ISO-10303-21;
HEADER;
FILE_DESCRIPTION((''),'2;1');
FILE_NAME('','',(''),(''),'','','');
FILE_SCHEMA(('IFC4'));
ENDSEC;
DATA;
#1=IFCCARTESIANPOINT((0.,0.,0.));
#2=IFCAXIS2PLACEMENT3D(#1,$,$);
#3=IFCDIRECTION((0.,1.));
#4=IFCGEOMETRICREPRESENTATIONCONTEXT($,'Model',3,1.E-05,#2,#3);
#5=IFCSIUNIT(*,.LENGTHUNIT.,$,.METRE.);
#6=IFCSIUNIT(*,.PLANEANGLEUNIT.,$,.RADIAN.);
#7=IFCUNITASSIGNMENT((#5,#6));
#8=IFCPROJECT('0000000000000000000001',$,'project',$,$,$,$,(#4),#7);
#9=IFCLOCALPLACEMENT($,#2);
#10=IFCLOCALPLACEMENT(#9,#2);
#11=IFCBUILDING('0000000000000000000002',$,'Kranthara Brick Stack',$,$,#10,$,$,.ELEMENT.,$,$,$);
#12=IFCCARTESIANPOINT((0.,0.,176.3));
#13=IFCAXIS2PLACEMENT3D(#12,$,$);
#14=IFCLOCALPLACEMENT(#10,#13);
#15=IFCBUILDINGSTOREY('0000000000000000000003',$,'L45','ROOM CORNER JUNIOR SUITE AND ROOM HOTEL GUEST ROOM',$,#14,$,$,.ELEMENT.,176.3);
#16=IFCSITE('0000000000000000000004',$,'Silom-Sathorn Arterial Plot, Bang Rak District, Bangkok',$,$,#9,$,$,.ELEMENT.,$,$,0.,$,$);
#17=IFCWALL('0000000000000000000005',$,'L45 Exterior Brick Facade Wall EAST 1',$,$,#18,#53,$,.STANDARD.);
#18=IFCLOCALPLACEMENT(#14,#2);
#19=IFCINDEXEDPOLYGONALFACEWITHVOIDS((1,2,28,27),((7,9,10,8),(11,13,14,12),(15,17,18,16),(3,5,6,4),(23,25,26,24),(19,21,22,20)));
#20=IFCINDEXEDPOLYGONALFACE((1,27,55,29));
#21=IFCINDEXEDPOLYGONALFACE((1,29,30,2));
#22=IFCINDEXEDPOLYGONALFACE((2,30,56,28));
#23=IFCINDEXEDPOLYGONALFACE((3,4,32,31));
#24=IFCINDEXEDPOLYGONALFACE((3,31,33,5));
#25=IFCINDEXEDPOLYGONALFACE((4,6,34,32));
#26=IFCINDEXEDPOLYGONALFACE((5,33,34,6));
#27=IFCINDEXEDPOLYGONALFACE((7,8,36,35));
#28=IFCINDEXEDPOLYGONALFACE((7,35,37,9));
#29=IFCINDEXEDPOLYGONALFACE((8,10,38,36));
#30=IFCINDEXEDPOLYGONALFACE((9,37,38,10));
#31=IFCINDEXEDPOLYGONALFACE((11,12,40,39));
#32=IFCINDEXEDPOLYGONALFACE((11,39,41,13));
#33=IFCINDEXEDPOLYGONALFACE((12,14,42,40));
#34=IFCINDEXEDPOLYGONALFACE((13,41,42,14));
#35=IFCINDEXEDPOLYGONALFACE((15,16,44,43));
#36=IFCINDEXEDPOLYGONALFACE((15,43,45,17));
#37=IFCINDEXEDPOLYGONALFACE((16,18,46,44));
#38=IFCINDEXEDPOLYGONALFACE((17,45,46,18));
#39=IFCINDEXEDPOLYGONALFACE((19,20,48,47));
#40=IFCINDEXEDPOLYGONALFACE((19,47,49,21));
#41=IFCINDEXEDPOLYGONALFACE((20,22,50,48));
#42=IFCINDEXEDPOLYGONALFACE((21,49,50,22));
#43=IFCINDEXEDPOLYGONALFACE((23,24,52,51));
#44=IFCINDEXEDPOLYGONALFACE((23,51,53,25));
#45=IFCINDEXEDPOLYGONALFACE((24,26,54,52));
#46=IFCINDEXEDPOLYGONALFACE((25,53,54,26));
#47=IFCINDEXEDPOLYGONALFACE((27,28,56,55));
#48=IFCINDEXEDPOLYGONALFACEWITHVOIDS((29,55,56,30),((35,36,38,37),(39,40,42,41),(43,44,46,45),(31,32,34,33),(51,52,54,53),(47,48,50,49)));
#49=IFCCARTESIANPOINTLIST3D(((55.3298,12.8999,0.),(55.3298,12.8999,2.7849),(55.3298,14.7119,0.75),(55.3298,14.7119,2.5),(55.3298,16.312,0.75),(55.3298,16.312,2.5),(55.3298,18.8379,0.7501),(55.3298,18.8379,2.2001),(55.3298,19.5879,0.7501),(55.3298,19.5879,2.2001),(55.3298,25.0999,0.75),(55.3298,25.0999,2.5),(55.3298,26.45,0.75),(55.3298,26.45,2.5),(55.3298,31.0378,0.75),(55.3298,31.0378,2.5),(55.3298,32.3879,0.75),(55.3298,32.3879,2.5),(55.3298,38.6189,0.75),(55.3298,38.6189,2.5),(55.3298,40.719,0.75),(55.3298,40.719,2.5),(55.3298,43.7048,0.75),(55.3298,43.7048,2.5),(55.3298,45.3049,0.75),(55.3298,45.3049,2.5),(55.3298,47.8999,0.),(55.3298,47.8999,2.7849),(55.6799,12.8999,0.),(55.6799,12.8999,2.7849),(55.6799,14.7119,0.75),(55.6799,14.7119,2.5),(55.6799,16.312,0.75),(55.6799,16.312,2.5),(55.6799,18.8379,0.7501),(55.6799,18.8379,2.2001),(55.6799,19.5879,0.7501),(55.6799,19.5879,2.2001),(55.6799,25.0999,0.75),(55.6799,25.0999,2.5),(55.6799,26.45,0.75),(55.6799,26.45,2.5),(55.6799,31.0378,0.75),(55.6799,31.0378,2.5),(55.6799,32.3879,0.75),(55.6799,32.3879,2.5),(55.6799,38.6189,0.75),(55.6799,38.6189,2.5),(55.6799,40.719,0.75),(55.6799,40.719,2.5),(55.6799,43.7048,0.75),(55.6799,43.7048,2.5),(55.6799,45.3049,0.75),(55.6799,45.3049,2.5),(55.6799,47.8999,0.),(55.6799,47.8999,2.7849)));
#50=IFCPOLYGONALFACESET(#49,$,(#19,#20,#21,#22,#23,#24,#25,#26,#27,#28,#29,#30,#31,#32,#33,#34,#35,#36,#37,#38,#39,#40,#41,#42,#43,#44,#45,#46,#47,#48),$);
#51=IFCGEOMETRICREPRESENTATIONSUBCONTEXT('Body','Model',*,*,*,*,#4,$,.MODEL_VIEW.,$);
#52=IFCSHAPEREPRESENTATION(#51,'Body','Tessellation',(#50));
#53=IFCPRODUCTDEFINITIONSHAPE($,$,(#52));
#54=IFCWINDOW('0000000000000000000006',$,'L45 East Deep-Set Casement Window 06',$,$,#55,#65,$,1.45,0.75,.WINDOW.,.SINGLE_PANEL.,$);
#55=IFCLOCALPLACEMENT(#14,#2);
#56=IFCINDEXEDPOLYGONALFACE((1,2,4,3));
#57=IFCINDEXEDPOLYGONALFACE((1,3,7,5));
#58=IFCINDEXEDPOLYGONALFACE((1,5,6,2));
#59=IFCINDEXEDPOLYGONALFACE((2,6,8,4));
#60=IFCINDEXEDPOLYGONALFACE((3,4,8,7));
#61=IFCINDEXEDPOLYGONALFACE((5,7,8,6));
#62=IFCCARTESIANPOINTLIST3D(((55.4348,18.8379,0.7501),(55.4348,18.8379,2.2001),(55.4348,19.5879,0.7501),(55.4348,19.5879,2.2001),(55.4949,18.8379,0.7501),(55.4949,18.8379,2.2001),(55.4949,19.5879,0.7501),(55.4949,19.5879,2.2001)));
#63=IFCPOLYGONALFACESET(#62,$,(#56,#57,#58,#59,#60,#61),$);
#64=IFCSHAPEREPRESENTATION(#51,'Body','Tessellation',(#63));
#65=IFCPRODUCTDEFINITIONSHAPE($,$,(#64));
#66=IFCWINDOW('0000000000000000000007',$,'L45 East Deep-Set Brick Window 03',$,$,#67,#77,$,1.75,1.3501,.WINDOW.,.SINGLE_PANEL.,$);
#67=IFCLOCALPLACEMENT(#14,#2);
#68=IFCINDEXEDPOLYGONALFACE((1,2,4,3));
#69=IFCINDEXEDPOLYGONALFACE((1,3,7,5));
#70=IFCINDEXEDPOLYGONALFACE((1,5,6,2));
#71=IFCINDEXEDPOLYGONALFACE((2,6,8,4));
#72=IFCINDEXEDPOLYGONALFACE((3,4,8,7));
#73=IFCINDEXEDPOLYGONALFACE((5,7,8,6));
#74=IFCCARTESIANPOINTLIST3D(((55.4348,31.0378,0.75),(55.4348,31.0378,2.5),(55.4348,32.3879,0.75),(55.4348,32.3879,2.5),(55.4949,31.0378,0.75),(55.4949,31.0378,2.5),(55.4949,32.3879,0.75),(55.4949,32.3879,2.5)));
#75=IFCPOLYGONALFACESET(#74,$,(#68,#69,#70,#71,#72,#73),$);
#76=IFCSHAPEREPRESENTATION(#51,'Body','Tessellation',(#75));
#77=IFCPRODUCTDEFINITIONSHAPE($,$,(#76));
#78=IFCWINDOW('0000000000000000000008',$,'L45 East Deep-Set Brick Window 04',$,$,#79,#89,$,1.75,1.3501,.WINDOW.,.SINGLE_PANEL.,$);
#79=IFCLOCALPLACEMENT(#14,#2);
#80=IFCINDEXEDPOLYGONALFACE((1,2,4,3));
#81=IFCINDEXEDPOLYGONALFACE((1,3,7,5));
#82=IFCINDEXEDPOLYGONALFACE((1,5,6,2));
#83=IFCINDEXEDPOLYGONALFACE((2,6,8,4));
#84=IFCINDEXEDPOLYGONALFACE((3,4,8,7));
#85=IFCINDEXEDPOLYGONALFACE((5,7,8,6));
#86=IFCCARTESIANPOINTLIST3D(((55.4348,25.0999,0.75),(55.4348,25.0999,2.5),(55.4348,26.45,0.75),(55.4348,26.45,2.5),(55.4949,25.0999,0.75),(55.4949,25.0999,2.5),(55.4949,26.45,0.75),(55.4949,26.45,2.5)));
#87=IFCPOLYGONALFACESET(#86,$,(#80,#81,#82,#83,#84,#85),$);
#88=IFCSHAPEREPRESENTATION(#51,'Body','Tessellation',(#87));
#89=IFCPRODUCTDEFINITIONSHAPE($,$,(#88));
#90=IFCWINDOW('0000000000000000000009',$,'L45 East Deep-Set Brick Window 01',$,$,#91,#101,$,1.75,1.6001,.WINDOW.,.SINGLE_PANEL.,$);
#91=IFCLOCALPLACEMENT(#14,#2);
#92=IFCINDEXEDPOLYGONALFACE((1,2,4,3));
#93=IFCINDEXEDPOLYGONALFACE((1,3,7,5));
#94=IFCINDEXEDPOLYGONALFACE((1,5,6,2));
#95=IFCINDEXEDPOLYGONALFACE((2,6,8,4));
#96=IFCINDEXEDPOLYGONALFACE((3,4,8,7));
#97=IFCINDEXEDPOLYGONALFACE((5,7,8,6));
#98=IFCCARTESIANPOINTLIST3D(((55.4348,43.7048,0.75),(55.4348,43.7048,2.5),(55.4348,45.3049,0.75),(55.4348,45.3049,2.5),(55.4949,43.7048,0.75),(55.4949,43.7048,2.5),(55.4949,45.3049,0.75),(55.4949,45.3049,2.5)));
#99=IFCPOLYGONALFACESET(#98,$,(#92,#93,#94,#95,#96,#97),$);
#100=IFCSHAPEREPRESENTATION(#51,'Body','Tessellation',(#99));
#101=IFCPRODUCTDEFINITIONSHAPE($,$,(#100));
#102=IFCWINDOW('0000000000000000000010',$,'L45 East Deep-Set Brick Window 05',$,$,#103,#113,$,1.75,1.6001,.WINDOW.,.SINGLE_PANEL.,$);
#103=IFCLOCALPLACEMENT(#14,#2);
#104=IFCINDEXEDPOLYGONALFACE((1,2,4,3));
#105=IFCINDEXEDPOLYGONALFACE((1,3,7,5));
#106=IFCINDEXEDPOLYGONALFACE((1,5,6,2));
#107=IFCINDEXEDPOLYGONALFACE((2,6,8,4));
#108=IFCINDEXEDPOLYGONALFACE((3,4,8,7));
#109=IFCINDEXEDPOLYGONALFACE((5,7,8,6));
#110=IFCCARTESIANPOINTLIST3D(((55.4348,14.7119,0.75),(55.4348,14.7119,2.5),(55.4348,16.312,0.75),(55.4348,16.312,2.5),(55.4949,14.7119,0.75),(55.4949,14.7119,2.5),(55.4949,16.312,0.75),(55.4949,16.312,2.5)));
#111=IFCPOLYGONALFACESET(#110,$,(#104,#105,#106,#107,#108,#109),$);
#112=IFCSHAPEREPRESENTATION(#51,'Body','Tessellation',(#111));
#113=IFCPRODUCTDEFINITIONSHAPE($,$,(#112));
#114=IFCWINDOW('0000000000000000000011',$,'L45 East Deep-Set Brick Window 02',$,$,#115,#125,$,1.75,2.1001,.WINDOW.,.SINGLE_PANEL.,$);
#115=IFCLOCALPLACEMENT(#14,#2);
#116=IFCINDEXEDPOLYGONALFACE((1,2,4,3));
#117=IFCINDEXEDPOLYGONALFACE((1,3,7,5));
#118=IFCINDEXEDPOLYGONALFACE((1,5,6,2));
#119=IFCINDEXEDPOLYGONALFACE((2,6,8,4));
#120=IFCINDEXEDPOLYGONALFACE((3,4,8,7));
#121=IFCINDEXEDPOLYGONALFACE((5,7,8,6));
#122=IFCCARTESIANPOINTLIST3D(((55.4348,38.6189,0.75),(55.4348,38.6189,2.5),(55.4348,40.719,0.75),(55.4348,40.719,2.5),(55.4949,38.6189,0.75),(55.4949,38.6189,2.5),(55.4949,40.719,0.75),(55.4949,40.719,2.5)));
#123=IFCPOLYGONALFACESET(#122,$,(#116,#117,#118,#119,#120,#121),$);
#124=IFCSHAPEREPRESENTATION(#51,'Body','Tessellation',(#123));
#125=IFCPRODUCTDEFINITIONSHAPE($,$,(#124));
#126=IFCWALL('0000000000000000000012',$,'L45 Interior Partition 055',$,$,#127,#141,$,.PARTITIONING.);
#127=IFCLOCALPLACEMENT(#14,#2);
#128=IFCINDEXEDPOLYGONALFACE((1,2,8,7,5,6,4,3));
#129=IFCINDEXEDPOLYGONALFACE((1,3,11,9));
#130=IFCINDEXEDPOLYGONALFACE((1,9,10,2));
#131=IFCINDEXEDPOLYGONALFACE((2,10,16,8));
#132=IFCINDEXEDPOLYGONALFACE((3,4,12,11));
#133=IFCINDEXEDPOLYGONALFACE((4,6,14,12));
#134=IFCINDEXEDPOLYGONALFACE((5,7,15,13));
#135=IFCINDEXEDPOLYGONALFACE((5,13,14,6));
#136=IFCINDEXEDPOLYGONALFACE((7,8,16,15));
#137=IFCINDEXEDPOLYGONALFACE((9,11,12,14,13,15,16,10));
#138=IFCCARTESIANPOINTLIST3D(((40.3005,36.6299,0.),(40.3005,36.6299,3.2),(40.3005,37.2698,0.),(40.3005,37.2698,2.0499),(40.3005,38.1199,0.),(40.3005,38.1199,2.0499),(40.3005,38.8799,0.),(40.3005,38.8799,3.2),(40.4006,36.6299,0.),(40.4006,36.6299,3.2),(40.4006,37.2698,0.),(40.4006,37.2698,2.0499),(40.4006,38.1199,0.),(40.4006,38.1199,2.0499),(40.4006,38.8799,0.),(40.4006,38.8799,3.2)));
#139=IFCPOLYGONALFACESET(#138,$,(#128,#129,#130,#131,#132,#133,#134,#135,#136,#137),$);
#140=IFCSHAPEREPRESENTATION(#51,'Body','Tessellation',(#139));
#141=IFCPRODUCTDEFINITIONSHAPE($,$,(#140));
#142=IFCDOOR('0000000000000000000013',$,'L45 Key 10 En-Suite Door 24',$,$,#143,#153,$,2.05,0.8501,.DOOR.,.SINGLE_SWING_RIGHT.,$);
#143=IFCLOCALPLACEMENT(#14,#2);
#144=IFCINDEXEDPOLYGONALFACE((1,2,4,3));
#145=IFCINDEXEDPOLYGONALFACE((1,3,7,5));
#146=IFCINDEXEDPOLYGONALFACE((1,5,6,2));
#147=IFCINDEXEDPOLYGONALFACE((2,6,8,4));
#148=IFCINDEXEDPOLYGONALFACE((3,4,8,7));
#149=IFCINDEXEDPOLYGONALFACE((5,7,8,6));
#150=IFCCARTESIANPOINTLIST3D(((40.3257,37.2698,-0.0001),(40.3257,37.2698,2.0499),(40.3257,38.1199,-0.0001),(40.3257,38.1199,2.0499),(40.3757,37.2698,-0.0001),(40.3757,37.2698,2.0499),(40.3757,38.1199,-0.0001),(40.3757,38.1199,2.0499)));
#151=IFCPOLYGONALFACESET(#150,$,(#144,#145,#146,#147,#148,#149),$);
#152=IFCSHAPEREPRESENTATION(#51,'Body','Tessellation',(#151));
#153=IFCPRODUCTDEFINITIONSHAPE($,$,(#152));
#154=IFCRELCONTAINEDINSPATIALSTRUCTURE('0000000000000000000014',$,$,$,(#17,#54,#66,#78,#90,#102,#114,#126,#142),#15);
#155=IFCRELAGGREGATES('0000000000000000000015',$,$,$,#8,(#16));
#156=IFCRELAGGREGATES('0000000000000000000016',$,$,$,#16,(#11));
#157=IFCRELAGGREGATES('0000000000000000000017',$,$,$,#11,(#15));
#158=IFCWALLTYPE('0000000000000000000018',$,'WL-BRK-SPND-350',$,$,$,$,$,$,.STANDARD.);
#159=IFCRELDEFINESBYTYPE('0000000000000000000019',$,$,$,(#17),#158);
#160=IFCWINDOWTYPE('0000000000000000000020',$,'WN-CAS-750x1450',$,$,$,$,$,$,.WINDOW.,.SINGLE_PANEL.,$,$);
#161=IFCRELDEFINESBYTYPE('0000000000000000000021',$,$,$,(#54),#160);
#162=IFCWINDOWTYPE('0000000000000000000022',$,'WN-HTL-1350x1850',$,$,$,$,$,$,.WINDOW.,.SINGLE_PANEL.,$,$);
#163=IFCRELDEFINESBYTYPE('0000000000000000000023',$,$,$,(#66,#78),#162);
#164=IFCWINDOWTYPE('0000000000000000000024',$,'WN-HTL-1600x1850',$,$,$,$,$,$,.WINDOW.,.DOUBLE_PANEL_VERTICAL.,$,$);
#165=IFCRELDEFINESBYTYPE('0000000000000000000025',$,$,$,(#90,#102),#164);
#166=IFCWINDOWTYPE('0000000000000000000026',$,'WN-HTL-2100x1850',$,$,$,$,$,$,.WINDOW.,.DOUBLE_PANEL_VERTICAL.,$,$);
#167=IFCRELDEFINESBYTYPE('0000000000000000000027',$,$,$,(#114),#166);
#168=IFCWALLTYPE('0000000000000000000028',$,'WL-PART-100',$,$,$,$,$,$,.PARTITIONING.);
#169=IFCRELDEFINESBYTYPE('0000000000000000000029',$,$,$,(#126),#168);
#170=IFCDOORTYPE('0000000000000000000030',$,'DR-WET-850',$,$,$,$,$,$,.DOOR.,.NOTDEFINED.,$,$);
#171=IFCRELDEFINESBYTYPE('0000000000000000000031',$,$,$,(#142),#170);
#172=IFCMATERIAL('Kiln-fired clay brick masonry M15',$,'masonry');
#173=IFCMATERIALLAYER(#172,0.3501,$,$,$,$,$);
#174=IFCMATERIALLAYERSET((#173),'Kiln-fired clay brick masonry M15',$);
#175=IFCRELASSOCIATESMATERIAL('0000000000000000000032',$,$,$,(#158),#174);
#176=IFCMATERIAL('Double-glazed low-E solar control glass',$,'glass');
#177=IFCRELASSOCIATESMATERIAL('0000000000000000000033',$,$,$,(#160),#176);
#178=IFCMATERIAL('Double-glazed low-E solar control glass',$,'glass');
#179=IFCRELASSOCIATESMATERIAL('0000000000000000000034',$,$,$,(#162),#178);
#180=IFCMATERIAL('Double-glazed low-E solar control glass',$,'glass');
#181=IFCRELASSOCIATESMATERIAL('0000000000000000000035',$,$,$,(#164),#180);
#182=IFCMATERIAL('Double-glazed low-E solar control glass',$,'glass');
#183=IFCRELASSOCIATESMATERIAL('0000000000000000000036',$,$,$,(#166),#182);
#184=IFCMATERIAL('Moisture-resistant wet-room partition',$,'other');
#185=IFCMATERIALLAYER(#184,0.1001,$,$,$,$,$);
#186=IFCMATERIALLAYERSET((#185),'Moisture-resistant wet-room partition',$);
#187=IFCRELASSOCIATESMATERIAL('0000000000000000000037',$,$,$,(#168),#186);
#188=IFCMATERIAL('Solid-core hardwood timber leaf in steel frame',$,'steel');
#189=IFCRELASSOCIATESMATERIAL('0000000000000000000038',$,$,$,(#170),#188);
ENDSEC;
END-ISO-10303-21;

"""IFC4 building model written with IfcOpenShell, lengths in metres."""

from ifc_helpers import new_model, si_unit, direction, frame, frame_2d, origin, place, context, subcontext, project, spatial, rectangle, extrude, material, layer, layer_set, type_object, element, fill, save


model = new_model("IFC4")

# Units and contexts
model_context = context("Model", 3, precision=1e-05, world=origin(), true_north=direction((0.0, 1.0)))
body_context = subcontext(model_context, "Body", "Model", "MODEL_VIEW")
ifc_project = project(units=[si_unit("LENGTHUNIT", "METRE"), si_unit("PLANEANGLEUNIT", "RADIAN")], contexts=[model_context])

# Site, building, storey
site_placement = place(None, origin())
site = spatial("IfcSite", under=ifc_project, at=site_placement, Name="Silom-Sathorn Arterial Plot, Bang Rak District, Bangkok", CompositionType="ELEMENT", RefElevation=0.0)
building_placement = place(site_placement, origin())
building = spatial("IfcBuilding", under=site, at=building_placement, Name="Kranthara Brick Stack", CompositionType="ELEMENT")
storey_placement = place(building_placement, frame((0.0, 0.0, 176.3)))
storey = spatial("IfcBuildingStorey", under=building, at=storey_placement, Name="L45", Description="ROOM CORNER JUNIOR SUITE AND ROOM HOTEL GUEST ROOM", CompositionType="ELEMENT", Elevation=176.3)

# Shared definitions
ifc_material_1 = material(Name="Kiln-fired clay brick masonry M15", Category="masonry")
ifc_layer_1 = layer(ifc_material_1, 0.3501)
ifc_layer_set_1 = layer_set([ifc_layer_1], Name="Kiln-fired clay brick masonry M15")
wall_type_1 = type_object("IfcWallType", Name="WL-BRK-SPND-350", PredefinedType="STANDARD", material=ifc_layer_set_1)

# Wall, openings, windows
wall_1_placement = place(storey_placement, frame((55.5049, 47.8999, 0.0), z_axis=(0.0, 0.0, 1.0), x_axis=(0.0, -1.0, 0.0)))
wall_1 = element("IfcWall", 1, at=wall_1_placement, inside=storey, type_object=wall_type_1, Name="L45 Exterior Brick Facade Wall EAST 1", PredefinedType="STANDARD", context=body_context, shape_type="SweptSolid", body=[
    extrude(rectangle(XDim=35.0, YDim=0.3501, at=frame_2d((17.5, 0.0))), origin(), (0.0, 0.0, 1.0), 2.7849),
])
opening_1_placement = place(wall_1_placement, frame((2.595, 0.0, 0.75)))
opening_1 = element("IfcOpeningElement", 2, at=opening_1_placement, cuts=wall_1, PredefinedType="OPENING", context=body_context, shape_type="SweptSolid", body=[
    extrude(rectangle(XDim=1.6001, YDim=1.75, at=frame_2d((0.8, 0.875))), frame((0.0, 0.1851, 0.0), z_axis=(0.0, -1.0, 0.0), x_axis=(1.0, 0.0, 0.0)), (0.0, 0.0, 1.0), 0.3701),
])
opening_2_placement = place(wall_1_placement, frame((7.1809, 0.0, 0.75)))
opening_2 = element("IfcOpeningElement", 3, at=opening_2_placement, cuts=wall_1, PredefinedType="OPENING", context=body_context, shape_type="SweptSolid", body=[
    extrude(rectangle(XDim=2.1001, YDim=1.75, at=frame_2d((1.05, 0.875))), frame((0.0, 0.1851, 0.0), z_axis=(0.0, -1.0, 0.0), x_axis=(1.0, 0.0, 0.0)), (0.0, 0.0, 1.0), 0.3701),
])
opening_3_placement = place(wall_1_placement, frame((15.512, 0.0, 0.75)))
opening_3 = element("IfcOpeningElement", 4, at=opening_3_placement, cuts=wall_1, PredefinedType="OPENING", context=body_context, shape_type="SweptSolid", body=[
    extrude(rectangle(XDim=1.3501, YDim=1.75, at=frame_2d((0.675, 0.875))), frame((0.0, 0.1851, 0.0), z_axis=(0.0, -1.0, 0.0), x_axis=(1.0, 0.0, 0.0)), (0.0, 0.0, 1.0), 0.3701),
])
opening_4_placement = place(wall_1_placement, frame((21.45, 0.0, 0.75)))
opening_4 = element("IfcOpeningElement", 5, at=opening_4_placement, cuts=wall_1, PredefinedType="OPENING", context=body_context, shape_type="SweptSolid", body=[
    extrude(rectangle(XDim=1.3501, YDim=1.75, at=frame_2d((0.675, 0.875))), frame((0.0, 0.1851, 0.0), z_axis=(0.0, -1.0, 0.0), x_axis=(1.0, 0.0, 0.0)), (0.0, 0.0, 1.0), 0.3701),
])
opening_5_placement = place(wall_1_placement, frame((31.5879, 0.0, 0.75)))
opening_5 = element("IfcOpeningElement", 6, at=opening_5_placement, cuts=wall_1, PredefinedType="OPENING", context=body_context, shape_type="SweptSolid", body=[
    extrude(rectangle(XDim=1.6001, YDim=1.75, at=frame_2d((0.8, 0.875))), frame((0.0, 0.1851, 0.0), z_axis=(0.0, -1.0, 0.0), x_axis=(1.0, 0.0, 0.0)), (0.0, 0.0, 1.0), 0.3701),
])
opening_6_placement = place(wall_1_placement, frame((28.312, 0.0, 0.75)))
opening_6 = element("IfcOpeningElement", 7, at=opening_6_placement, cuts=wall_1, PredefinedType="OPENING", context=body_context, shape_type="SweptSolid", body=[
    extrude(rectangle(XDim=0.75, YDim=1.45, at=frame_2d((0.375, 0.7251))), frame((0.0, 0.1851, 0.0), z_axis=(0.0, -1.0, 0.0), x_axis=(1.0, 0.0, 0.0)), (0.0, 0.0, 1.0), 0.3701),
])
ifc_material_2 = material(Name="Double-glazed low-E solar control glass", Category="glass")
window_type_1 = type_object("IfcWindowType", Name="WN-CAS-750x1450", PartitioningType="SINGLE_PANEL", PredefinedType="WINDOW", material=ifc_material_2)
window_1_placement = place(opening_6_placement, origin())
window_1 = element("IfcWindow", 8, at=window_1_placement, inside=storey, type_object=window_type_1, Name="L45 East Deep-Set Casement Window 06", OverallHeight=1.45, OverallWidth=0.75, PartitioningType="SINGLE_PANEL", PredefinedType="WINDOW", context=body_context, shape_type="SweptSolid", body=[
    extrude(rectangle(XDim=0.75, YDim=1.45, at=frame_2d((0.375, 0.7251))), frame((0.0, -0.01, 0.0), z_axis=(0.0, -1.0, 0.0), x_axis=(1.0, 0.0, 0.0)), (0.0, 0.0, 1.0), 0.0601),
])
fill(opening_6, window_1)
ifc_material_3 = material(Name="Double-glazed low-E solar control glass", Category="glass")
window_type_2 = type_object("IfcWindowType", Name="WN-HTL-1350x1850", PartitioningType="SINGLE_PANEL", PredefinedType="WINDOW", material=ifc_material_3)
window_2_placement = place(opening_3_placement, origin())
window_2 = element("IfcWindow", 9, at=window_2_placement, inside=storey, type_object=window_type_2, Name="L45 East Deep-Set Brick Window 03", OverallHeight=1.75, OverallWidth=1.3501, PartitioningType="SINGLE_PANEL", PredefinedType="WINDOW", context=body_context, shape_type="SweptSolid", body=[
    extrude(rectangle(XDim=1.3501, YDim=1.75, at=frame_2d((0.675, 0.875))), frame((0.0, -0.01, 0.0), z_axis=(0.0, -1.0, 0.0), x_axis=(1.0, 0.0, 0.0)), (0.0, 0.0, 1.0), 0.0601),
])
fill(opening_3, window_2)
window_3_placement = place(opening_4_placement, origin())
window_3 = element("IfcWindow", 10, at=window_3_placement, inside=storey, type_object=window_type_2, Name="L45 East Deep-Set Brick Window 04", OverallHeight=1.75, OverallWidth=1.3501, PartitioningType="SINGLE_PANEL", PredefinedType="WINDOW", context=body_context, shape_type="SweptSolid", body=[
    extrude(rectangle(XDim=1.3501, YDim=1.75, at=frame_2d((0.675, 0.875))), frame((0.0, -0.01, 0.0), z_axis=(0.0, -1.0, 0.0), x_axis=(1.0, 0.0, 0.0)), (0.0, 0.0, 1.0), 0.0601),
])
fill(opening_4, window_3)
ifc_material_4 = material(Name="Double-glazed low-E solar control glass", Category="glass")
window_type_3 = type_object("IfcWindowType", Name="WN-HTL-1600x1850", PartitioningType="DOUBLE_PANEL_VERTICAL", PredefinedType="WINDOW", material=ifc_material_4)
window_4_placement = place(opening_1_placement, origin())
window_4 = element("IfcWindow", 11, at=window_4_placement, inside=storey, type_object=window_type_3, Name="L45 East Deep-Set Brick Window 01", OverallHeight=1.75, OverallWidth=1.6001, PartitioningType="SINGLE_PANEL", PredefinedType="WINDOW", context=body_context, shape_type="SweptSolid", body=[
    extrude(rectangle(XDim=1.6001, YDim=1.75, at=frame_2d((0.8, 0.875))), frame((0.0, -0.01, 0.0), z_axis=(0.0, -1.0, 0.0), x_axis=(1.0, 0.0, 0.0)), (0.0, 0.0, 1.0), 0.0601),
])
fill(opening_1, window_4)
window_5_placement = place(opening_5_placement, origin())
window_5 = element("IfcWindow", 12, at=window_5_placement, inside=storey, type_object=window_type_3, Name="L45 East Deep-Set Brick Window 05", OverallHeight=1.75, OverallWidth=1.6001, PartitioningType="SINGLE_PANEL", PredefinedType="WINDOW", context=body_context, shape_type="SweptSolid", body=[
    extrude(rectangle(XDim=1.6001, YDim=1.75, at=frame_2d((0.8, 0.875))), frame((0.0, -0.01, 0.0), z_axis=(0.0, -1.0, 0.0), x_axis=(1.0, 0.0, 0.0)), (0.0, 0.0, 1.0), 0.0601),
])
fill(opening_5, window_5)
ifc_material_5 = material(Name="Double-glazed low-E solar control glass", Category="glass")
window_type_4 = type_object("IfcWindowType", Name="WN-HTL-2100x1850", PartitioningType="DOUBLE_PANEL_VERTICAL", PredefinedType="WINDOW", material=ifc_material_5)
window_6_placement = place(opening_2_placement, origin())
window_6 = element("IfcWindow", 13, at=window_6_placement, inside=storey, type_object=window_type_4, Name="L45 East Deep-Set Brick Window 02", OverallHeight=1.75, OverallWidth=2.1001, PartitioningType="SINGLE_PANEL", PredefinedType="WINDOW", context=body_context, shape_type="SweptSolid", body=[
    extrude(rectangle(XDim=2.1001, YDim=1.75, at=frame_2d((1.05, 0.875))), frame((0.0, -0.01, 0.0), z_axis=(0.0, -1.0, 0.0), x_axis=(1.0, 0.0, 0.0)), (0.0, 0.0, 1.0), 0.0601),
])
fill(opening_2, window_6)

# Wall, opening, door
ifc_material_6 = material(Name="Moisture-resistant wet-room partition", Category="other")
ifc_layer_2 = layer(ifc_material_6, 0.1001)
ifc_layer_set_2 = layer_set([ifc_layer_2], Name="Moisture-resistant wet-room partition")
wall_type_2 = type_object("IfcWallType", Name="WL-PART-100", PredefinedType="PARTITIONING", material=ifc_layer_set_2)
wall_2_placement = place(storey_placement, frame((40.3506, 36.6299, 0.0), z_axis=(0.0, 0.0, 1.0), x_axis=(0.0, 1.0, 0.0)))
wall_2 = element("IfcWall", 14, at=wall_2_placement, inside=storey, type_object=wall_type_2, Name="L45 Interior Partition 055", PredefinedType="PARTITIONING", context=body_context, shape_type="SweptSolid", body=[
    extrude(rectangle(XDim=2.25, YDim=0.1001, at=frame_2d((1.125, 0.0))), origin(), (0.0, 0.0, 1.0), 3.2),
])
opening_7_placement = place(wall_2_placement, frame((0.6399, 0.0, 0.0)))
opening_7 = element("IfcOpeningElement", 15, at=opening_7_placement, cuts=wall_2, PredefinedType="OPENING", context=body_context, shape_type="SweptSolid", body=[
    extrude(rectangle(XDim=0.8501, YDim=2.05, at=frame_2d((0.425, 1.0249))), frame((0.0, 0.0601, 0.0), z_axis=(0.0, -1.0, 0.0), x_axis=(1.0, 0.0, 0.0)), (0.0, 0.0, 1.0), 0.1201),
])
ifc_material_7 = material(Name="Solid-core hardwood timber leaf in steel frame", Category="steel")
door_type_1 = type_object("IfcDoorType", Name="DR-WET-850", OperationType="NOTDEFINED", PredefinedType="DOOR", material=ifc_material_7)
door_1_placement = place(opening_7_placement, origin())
door_1 = element("IfcDoor", 16, at=door_1_placement, inside=storey, type_object=door_type_1, Name="L45 Key 10 En-Suite Door 24", OperationType="SINGLE_SWING_RIGHT", OverallHeight=2.05, OverallWidth=0.8501, PredefinedType="DOOR", context=body_context, shape_type="SweptSolid", body=[
    extrude(rectangle(XDim=0.8501, YDim=2.05, at=frame_2d((0.425, 1.0249))), frame((0.0, 0.0249, 0.0), z_axis=(0.0, -1.0, 0.0), x_axis=(1.0, 0.0, 0.0)), (0.0, 0.0, 1.0), 0.05),
])
fill(opening_7, door_1)

save(model, "model.ifc")
